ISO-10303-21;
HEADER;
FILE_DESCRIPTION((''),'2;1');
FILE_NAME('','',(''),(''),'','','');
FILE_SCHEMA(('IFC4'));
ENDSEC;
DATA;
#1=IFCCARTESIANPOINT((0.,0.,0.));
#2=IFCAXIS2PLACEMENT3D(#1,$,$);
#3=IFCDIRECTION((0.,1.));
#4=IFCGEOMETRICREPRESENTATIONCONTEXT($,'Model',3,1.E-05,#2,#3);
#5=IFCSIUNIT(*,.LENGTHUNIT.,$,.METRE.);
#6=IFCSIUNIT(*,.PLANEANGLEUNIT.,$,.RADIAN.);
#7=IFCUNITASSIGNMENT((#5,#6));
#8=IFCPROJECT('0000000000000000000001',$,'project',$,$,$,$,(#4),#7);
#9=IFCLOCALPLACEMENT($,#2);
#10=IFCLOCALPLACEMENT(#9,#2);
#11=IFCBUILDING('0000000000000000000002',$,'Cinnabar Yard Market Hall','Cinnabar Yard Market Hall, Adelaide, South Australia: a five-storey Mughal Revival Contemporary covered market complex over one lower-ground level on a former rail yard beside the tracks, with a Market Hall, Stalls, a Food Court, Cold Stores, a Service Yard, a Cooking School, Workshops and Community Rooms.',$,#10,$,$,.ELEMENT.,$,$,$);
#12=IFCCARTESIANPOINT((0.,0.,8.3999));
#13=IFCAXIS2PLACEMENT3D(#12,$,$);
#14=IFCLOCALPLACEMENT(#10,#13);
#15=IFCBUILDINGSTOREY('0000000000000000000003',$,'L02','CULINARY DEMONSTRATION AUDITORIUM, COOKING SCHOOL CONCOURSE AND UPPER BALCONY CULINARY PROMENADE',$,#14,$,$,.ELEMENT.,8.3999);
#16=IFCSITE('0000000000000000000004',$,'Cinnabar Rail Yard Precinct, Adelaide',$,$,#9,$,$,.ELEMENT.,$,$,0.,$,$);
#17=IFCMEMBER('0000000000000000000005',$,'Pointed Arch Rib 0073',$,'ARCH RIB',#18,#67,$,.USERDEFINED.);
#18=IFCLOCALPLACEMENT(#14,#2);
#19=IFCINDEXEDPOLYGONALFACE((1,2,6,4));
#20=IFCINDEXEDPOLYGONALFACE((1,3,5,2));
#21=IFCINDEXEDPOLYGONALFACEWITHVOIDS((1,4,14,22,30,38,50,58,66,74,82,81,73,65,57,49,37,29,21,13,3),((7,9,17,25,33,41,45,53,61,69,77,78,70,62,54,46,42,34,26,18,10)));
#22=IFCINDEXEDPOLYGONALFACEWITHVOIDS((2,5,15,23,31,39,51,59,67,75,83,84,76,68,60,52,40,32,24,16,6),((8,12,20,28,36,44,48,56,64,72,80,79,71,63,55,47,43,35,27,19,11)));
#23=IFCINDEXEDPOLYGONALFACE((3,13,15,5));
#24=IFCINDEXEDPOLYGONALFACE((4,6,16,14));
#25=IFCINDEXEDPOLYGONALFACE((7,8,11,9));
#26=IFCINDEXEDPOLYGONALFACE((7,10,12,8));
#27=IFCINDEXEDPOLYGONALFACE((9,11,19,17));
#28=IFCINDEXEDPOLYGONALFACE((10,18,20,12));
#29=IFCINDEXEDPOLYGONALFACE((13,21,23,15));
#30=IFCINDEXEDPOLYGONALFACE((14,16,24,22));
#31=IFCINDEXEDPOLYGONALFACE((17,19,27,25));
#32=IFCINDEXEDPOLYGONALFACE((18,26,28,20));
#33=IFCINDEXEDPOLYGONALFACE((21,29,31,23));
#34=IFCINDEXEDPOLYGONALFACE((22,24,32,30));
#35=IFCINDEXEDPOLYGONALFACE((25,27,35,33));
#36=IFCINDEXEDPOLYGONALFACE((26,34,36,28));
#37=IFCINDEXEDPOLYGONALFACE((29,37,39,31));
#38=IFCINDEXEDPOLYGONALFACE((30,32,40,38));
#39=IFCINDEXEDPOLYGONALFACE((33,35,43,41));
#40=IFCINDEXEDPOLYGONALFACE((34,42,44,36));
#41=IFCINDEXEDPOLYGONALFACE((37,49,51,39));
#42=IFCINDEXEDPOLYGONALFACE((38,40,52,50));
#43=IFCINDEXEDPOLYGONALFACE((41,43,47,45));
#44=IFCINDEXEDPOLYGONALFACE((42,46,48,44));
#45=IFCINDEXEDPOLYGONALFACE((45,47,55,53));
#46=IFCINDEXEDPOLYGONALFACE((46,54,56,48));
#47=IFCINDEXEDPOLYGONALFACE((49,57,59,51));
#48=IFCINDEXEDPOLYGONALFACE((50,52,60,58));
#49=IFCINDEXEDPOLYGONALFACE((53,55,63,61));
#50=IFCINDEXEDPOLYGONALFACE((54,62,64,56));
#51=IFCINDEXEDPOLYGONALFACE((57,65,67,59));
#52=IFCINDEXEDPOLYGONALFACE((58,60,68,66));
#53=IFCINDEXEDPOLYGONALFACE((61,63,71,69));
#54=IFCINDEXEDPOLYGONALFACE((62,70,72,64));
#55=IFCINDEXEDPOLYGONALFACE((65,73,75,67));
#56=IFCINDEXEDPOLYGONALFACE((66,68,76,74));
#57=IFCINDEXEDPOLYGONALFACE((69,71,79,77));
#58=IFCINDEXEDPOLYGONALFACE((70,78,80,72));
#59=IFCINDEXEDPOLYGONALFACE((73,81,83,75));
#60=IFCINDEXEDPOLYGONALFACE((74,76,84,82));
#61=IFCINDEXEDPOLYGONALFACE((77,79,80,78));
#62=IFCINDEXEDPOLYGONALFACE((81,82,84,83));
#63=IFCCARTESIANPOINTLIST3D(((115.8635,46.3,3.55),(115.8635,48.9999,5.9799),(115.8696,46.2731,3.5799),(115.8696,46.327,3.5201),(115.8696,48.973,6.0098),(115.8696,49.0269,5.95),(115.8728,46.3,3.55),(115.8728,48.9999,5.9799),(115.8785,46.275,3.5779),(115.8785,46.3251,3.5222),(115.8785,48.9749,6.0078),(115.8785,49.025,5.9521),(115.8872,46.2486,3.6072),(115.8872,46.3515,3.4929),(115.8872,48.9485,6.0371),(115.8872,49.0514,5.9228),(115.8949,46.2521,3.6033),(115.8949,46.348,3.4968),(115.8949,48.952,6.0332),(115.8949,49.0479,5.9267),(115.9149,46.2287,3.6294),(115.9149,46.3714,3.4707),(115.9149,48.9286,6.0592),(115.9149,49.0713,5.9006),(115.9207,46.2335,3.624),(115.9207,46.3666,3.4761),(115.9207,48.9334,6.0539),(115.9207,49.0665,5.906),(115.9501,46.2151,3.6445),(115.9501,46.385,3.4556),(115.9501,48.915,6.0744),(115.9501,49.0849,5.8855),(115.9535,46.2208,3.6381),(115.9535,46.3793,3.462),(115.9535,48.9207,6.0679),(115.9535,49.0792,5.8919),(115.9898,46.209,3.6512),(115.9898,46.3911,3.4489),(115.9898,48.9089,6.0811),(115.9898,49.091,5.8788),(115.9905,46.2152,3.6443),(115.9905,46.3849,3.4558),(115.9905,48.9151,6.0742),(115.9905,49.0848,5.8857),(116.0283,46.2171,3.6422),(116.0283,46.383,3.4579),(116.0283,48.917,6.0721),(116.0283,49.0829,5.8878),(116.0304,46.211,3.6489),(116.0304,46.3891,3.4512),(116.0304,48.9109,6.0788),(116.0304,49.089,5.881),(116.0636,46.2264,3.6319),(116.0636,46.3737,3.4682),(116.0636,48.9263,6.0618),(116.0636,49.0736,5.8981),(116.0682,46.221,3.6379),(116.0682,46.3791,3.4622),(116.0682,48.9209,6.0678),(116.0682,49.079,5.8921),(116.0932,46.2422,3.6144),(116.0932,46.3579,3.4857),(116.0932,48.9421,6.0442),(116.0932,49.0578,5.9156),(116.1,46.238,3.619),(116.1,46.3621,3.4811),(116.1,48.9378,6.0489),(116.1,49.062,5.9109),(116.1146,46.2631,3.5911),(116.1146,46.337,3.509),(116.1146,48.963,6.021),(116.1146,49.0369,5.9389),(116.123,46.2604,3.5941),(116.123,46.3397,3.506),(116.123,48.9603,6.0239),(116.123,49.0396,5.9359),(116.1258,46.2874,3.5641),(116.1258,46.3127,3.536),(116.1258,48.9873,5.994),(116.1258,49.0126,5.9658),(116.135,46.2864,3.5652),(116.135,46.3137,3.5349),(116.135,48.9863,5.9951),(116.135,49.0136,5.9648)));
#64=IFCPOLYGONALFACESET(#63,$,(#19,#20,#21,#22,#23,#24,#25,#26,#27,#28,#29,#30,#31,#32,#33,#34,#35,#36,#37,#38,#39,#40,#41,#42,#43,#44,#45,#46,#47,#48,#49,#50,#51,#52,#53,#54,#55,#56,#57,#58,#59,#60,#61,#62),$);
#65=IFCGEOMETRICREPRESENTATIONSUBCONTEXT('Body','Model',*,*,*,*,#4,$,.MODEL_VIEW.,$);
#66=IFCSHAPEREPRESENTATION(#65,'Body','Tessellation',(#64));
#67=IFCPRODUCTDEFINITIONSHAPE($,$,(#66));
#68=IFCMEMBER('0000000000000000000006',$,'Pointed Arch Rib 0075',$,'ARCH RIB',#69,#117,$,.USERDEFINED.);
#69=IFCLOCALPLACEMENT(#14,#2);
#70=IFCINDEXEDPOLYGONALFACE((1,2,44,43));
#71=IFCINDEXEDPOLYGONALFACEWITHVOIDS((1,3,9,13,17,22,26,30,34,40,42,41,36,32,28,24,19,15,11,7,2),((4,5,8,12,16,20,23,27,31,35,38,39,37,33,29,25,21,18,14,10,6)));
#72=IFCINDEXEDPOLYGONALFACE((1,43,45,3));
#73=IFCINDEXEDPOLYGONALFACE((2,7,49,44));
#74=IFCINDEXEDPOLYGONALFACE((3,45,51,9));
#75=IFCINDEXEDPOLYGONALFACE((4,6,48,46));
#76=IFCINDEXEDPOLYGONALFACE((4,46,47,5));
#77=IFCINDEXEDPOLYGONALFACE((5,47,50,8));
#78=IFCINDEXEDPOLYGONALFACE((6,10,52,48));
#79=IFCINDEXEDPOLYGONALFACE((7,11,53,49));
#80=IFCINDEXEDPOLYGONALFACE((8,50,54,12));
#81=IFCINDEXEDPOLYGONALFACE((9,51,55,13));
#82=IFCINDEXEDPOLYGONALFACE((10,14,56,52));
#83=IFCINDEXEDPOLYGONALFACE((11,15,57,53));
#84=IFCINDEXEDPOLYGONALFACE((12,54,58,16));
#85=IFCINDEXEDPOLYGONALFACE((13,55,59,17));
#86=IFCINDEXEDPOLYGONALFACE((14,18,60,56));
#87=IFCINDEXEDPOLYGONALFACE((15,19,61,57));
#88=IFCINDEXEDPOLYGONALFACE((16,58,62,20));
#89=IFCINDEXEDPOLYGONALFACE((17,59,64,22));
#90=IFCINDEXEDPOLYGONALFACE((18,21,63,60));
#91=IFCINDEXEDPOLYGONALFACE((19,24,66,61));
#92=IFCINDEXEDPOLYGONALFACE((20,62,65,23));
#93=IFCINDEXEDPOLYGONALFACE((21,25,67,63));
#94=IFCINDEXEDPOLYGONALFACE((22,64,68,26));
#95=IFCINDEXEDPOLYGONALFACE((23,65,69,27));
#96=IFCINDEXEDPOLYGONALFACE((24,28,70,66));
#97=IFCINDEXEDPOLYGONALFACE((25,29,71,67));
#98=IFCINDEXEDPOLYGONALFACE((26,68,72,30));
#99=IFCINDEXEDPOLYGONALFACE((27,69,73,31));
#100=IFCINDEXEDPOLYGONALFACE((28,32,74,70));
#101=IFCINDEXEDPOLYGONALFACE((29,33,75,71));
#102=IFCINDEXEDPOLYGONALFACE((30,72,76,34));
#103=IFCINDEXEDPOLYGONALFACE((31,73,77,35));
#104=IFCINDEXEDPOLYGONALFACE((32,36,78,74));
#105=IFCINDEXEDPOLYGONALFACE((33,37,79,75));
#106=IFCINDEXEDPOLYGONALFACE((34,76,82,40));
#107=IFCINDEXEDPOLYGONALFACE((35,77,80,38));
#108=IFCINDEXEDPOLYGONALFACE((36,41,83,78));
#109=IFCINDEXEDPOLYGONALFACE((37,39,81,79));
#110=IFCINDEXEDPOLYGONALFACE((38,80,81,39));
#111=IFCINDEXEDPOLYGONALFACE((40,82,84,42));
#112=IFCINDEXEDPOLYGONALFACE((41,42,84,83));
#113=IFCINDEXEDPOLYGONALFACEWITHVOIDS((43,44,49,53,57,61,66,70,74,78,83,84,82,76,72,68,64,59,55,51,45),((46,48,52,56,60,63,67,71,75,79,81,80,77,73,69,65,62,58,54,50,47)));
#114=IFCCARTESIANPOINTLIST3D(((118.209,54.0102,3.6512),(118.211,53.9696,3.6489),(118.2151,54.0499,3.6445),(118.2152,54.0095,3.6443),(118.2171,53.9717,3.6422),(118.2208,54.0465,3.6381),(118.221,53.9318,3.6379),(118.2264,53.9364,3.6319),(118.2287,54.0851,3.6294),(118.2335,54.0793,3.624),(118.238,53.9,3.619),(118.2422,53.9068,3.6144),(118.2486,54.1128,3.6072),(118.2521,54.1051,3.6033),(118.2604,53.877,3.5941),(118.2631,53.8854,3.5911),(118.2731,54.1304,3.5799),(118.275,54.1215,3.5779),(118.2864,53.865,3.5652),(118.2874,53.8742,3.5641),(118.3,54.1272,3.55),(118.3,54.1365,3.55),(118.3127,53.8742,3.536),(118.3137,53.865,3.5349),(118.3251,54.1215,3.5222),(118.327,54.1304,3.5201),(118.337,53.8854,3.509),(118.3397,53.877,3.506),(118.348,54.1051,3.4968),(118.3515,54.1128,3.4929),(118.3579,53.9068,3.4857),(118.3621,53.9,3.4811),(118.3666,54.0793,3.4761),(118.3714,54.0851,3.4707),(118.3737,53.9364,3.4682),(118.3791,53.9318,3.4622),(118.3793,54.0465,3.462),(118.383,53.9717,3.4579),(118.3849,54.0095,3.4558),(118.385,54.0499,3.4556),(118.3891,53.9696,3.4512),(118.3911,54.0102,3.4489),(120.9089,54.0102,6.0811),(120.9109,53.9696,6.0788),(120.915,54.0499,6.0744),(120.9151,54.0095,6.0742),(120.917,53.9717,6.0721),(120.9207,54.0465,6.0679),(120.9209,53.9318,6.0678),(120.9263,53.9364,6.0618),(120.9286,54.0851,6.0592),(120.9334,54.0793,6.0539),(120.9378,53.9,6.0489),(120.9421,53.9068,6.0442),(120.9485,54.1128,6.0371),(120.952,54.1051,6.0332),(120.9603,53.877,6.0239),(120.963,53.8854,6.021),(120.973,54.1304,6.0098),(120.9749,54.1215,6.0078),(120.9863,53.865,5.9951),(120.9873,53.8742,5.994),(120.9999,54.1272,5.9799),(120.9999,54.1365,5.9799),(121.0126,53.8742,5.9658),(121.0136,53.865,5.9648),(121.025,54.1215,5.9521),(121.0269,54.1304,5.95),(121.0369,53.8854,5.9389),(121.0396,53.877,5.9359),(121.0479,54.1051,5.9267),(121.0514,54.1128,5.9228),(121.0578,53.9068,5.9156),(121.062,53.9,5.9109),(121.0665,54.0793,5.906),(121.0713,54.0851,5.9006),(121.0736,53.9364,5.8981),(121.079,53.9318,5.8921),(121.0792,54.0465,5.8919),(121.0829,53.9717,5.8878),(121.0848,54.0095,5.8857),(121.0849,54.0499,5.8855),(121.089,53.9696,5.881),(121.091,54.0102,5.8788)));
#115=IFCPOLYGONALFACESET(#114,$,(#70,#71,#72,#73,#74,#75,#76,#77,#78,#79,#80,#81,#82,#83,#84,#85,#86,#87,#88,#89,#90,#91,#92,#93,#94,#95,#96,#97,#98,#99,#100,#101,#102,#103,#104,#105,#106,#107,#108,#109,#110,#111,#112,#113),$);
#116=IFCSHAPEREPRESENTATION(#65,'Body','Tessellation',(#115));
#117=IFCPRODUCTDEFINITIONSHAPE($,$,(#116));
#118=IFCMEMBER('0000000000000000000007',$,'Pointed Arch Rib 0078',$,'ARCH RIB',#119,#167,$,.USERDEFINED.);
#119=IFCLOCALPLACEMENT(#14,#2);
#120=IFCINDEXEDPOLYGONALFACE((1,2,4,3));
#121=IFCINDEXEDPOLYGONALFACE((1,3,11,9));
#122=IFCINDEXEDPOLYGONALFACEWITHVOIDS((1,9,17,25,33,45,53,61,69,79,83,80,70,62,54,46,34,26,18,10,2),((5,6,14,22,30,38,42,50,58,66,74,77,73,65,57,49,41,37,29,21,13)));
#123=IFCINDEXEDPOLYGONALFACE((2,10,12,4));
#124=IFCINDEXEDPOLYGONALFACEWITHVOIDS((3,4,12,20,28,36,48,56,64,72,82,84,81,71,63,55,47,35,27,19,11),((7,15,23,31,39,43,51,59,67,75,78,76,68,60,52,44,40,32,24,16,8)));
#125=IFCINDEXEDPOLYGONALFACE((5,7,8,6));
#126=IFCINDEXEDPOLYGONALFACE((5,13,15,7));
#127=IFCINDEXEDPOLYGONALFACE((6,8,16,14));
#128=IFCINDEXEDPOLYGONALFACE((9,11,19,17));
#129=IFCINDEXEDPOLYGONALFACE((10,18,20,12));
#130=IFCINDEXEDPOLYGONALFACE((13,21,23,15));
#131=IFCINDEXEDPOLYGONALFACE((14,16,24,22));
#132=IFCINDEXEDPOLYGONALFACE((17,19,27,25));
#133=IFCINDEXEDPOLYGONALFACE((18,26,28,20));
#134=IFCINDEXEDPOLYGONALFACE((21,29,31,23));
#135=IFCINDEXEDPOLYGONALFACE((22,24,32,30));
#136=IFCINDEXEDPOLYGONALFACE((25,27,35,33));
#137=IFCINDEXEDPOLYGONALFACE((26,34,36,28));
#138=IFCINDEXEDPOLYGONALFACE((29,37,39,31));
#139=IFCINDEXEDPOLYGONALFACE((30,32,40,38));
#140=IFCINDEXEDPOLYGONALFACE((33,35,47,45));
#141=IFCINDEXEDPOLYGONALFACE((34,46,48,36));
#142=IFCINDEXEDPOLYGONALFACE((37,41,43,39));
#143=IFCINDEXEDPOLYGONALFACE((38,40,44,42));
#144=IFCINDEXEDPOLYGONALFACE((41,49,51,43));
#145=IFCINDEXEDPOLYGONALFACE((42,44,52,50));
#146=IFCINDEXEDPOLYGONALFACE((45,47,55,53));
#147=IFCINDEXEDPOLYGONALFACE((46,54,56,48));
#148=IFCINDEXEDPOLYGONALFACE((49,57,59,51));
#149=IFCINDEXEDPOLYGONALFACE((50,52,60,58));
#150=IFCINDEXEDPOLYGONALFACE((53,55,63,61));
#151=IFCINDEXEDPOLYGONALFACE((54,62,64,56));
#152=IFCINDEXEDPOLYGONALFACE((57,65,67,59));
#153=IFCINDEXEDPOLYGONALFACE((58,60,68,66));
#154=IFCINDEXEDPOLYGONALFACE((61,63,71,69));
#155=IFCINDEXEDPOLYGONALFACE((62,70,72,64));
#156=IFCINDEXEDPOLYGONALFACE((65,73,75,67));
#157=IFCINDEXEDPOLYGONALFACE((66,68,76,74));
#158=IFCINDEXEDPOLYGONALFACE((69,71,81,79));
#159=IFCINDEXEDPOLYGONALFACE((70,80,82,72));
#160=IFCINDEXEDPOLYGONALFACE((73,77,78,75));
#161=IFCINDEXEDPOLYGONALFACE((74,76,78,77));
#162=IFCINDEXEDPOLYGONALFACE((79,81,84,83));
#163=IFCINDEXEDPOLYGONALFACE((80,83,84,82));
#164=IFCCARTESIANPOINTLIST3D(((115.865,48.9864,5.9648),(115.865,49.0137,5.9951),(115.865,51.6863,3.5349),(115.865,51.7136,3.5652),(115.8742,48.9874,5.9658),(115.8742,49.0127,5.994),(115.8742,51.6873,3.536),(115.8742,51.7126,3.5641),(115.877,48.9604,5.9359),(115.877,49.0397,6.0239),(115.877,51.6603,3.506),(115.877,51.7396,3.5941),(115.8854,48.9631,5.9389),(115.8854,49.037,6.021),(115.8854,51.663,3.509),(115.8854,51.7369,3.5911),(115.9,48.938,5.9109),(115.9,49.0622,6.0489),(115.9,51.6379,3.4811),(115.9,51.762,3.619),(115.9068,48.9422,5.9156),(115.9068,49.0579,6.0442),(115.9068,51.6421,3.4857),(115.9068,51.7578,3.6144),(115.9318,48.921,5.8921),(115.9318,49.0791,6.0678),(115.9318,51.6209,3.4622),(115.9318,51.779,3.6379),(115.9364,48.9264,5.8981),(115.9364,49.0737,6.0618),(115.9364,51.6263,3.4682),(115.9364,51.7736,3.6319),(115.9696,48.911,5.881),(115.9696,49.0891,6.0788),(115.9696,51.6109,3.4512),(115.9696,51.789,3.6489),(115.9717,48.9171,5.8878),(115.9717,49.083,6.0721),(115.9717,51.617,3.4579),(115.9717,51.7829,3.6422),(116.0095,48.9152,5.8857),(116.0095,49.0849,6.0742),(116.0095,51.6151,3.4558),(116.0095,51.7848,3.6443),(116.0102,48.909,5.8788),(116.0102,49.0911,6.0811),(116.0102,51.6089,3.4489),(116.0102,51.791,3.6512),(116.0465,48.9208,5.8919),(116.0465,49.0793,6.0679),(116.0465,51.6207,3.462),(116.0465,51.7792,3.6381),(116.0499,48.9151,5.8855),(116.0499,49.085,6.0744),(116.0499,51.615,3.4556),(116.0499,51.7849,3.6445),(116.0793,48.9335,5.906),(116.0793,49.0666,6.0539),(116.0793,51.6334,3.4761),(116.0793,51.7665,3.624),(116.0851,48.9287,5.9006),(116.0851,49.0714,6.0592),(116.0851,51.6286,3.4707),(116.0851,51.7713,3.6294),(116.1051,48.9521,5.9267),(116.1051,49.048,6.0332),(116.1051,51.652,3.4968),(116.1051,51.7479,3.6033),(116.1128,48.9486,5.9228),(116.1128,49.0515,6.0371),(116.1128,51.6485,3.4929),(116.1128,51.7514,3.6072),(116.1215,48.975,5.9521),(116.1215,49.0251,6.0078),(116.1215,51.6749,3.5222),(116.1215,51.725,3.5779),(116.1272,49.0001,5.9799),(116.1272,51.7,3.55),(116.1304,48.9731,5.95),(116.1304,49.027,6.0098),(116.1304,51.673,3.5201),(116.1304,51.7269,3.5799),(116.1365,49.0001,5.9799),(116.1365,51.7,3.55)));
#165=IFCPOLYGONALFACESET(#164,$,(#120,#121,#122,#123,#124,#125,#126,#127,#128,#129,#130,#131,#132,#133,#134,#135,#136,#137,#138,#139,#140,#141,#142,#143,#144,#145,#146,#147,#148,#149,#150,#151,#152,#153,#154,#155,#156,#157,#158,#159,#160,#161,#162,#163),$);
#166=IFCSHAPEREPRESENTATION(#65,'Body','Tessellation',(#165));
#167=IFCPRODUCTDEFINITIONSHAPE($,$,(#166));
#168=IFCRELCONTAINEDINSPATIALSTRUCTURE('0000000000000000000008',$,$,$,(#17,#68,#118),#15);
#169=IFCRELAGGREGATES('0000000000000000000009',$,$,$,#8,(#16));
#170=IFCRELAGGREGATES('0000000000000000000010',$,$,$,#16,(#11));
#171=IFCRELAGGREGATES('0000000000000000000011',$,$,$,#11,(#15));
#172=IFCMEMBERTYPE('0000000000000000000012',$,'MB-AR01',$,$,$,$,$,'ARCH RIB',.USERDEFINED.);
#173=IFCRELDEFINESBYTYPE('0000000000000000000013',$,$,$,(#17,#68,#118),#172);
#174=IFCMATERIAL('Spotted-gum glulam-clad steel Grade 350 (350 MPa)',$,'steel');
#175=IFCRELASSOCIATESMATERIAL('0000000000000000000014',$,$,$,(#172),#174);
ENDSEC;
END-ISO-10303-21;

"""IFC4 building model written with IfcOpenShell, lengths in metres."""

from ifc_helpers import new_model, si_unit, direction, frame, origin, origin_2d_with_axis, place, context, subcontext, project, spatial, hollow_circle, extrude, material, material_profile, profile_set, type_object, element, save


model = new_model("IFC4")

# Units and contexts
model_context = context("Model", 3, precision=1e-05, world=origin(), true_north=direction((0.0, 1.0)))
body_context = subcontext(model_context, "Body", "Model", "MODEL_VIEW")
ifc_project = project(units=[si_unit("LENGTHUNIT", "METRE"), si_unit("PLANEANGLEUNIT", "RADIAN")], contexts=[model_context])

# Site, building, storey
site_placement = place(None, origin())
site = spatial("IfcSite", under=ifc_project, at=site_placement, Name="Cinnabar Rail Yard Precinct, Adelaide", CompositionType="ELEMENT", RefElevation=0.0)
building_placement = place(site_placement, origin())
building = spatial("IfcBuilding", under=site, at=building_placement, Name="Cinnabar Yard Market Hall", Description="Cinnabar Yard Market Hall, Adelaide, South Australia: a five-storey Mughal Revival Contemporary covered market complex over one lower-ground level on a former rail yard beside the tracks, with a Market Hall, Stalls, a Food Court, Cold Stores, a Service Yard, a Cooking School, Workshops and Community Rooms.", CompositionType="ELEMENT")
storey_placement = place(building_placement, frame((0.0, 0.0, 8.3999)))
storey = spatial("IfcBuildingStorey", under=building, at=storey_placement, Name="L02", Description="CULINARY DEMONSTRATION AUDITORIUM, COOKING SCHOOL CONCOURSE AND UPPER BALCONY CULINARY PROMENADE", CompositionType="ELEMENT", Elevation=8.3999)

# Shared definitions
ifc_material_1 = material(Name="Spotted-gum glulam-clad steel Grade 350 (350 MPa)", Category="steel")

# Members
ifc_material_profile_1 = material_profile(ifc_material_1, hollow_circle(Radius=0.1365, WallThickness=0.0093, at=origin_2d_with_axis()), Name="273.1x9.3CHS")
ifc_profile_set_1 = profile_set([ifc_material_profile_1], Name="Spotted-gum glulam-clad steel Grade 350 (350 MPa)")
member_type_1 = type_object("IfcMemberType", Name="MB-AR01", ElementType="ARCH RIB", PredefinedType="USERDEFINED", material=ifc_profile_set_1)
for number, where, z_axis, x_axis, name in (
    (1, (116.0, 46.3, 3.55), (0.0, 0.743297, 0.668961), (-1.0, 0.0, 0.0), "Pointed Arch Rib 0073"),
    (2, (118.3, 54.0, 3.55), (0.743297, 0.0, 0.668961), (0.0, 1.0, 0.0), "Pointed Arch Rib 0075"),
    (3, (116.0, 51.7, 3.55), (0.0, -0.743297, 0.668961), (1.0, 0.0, 0.0), "Pointed Arch Rib 0078"),
):
    element("IfcMember", number, at=place(storey_placement, frame(where, z_axis=z_axis, x_axis=x_axis)), inside=storey, type_object=member_type_1, Name=name, ObjectType="ARCH RIB", PredefinedType="USERDEFINED", context=body_context, shape_type="SweptSolid", body=[
        extrude(hollow_circle(Radius=0.1365, WallThickness=0.0093, at=origin_2d_with_axis()), origin(), (0.0, 0.0, 1.0), 3.6323),
    ])

save(model, "model.ifc")
